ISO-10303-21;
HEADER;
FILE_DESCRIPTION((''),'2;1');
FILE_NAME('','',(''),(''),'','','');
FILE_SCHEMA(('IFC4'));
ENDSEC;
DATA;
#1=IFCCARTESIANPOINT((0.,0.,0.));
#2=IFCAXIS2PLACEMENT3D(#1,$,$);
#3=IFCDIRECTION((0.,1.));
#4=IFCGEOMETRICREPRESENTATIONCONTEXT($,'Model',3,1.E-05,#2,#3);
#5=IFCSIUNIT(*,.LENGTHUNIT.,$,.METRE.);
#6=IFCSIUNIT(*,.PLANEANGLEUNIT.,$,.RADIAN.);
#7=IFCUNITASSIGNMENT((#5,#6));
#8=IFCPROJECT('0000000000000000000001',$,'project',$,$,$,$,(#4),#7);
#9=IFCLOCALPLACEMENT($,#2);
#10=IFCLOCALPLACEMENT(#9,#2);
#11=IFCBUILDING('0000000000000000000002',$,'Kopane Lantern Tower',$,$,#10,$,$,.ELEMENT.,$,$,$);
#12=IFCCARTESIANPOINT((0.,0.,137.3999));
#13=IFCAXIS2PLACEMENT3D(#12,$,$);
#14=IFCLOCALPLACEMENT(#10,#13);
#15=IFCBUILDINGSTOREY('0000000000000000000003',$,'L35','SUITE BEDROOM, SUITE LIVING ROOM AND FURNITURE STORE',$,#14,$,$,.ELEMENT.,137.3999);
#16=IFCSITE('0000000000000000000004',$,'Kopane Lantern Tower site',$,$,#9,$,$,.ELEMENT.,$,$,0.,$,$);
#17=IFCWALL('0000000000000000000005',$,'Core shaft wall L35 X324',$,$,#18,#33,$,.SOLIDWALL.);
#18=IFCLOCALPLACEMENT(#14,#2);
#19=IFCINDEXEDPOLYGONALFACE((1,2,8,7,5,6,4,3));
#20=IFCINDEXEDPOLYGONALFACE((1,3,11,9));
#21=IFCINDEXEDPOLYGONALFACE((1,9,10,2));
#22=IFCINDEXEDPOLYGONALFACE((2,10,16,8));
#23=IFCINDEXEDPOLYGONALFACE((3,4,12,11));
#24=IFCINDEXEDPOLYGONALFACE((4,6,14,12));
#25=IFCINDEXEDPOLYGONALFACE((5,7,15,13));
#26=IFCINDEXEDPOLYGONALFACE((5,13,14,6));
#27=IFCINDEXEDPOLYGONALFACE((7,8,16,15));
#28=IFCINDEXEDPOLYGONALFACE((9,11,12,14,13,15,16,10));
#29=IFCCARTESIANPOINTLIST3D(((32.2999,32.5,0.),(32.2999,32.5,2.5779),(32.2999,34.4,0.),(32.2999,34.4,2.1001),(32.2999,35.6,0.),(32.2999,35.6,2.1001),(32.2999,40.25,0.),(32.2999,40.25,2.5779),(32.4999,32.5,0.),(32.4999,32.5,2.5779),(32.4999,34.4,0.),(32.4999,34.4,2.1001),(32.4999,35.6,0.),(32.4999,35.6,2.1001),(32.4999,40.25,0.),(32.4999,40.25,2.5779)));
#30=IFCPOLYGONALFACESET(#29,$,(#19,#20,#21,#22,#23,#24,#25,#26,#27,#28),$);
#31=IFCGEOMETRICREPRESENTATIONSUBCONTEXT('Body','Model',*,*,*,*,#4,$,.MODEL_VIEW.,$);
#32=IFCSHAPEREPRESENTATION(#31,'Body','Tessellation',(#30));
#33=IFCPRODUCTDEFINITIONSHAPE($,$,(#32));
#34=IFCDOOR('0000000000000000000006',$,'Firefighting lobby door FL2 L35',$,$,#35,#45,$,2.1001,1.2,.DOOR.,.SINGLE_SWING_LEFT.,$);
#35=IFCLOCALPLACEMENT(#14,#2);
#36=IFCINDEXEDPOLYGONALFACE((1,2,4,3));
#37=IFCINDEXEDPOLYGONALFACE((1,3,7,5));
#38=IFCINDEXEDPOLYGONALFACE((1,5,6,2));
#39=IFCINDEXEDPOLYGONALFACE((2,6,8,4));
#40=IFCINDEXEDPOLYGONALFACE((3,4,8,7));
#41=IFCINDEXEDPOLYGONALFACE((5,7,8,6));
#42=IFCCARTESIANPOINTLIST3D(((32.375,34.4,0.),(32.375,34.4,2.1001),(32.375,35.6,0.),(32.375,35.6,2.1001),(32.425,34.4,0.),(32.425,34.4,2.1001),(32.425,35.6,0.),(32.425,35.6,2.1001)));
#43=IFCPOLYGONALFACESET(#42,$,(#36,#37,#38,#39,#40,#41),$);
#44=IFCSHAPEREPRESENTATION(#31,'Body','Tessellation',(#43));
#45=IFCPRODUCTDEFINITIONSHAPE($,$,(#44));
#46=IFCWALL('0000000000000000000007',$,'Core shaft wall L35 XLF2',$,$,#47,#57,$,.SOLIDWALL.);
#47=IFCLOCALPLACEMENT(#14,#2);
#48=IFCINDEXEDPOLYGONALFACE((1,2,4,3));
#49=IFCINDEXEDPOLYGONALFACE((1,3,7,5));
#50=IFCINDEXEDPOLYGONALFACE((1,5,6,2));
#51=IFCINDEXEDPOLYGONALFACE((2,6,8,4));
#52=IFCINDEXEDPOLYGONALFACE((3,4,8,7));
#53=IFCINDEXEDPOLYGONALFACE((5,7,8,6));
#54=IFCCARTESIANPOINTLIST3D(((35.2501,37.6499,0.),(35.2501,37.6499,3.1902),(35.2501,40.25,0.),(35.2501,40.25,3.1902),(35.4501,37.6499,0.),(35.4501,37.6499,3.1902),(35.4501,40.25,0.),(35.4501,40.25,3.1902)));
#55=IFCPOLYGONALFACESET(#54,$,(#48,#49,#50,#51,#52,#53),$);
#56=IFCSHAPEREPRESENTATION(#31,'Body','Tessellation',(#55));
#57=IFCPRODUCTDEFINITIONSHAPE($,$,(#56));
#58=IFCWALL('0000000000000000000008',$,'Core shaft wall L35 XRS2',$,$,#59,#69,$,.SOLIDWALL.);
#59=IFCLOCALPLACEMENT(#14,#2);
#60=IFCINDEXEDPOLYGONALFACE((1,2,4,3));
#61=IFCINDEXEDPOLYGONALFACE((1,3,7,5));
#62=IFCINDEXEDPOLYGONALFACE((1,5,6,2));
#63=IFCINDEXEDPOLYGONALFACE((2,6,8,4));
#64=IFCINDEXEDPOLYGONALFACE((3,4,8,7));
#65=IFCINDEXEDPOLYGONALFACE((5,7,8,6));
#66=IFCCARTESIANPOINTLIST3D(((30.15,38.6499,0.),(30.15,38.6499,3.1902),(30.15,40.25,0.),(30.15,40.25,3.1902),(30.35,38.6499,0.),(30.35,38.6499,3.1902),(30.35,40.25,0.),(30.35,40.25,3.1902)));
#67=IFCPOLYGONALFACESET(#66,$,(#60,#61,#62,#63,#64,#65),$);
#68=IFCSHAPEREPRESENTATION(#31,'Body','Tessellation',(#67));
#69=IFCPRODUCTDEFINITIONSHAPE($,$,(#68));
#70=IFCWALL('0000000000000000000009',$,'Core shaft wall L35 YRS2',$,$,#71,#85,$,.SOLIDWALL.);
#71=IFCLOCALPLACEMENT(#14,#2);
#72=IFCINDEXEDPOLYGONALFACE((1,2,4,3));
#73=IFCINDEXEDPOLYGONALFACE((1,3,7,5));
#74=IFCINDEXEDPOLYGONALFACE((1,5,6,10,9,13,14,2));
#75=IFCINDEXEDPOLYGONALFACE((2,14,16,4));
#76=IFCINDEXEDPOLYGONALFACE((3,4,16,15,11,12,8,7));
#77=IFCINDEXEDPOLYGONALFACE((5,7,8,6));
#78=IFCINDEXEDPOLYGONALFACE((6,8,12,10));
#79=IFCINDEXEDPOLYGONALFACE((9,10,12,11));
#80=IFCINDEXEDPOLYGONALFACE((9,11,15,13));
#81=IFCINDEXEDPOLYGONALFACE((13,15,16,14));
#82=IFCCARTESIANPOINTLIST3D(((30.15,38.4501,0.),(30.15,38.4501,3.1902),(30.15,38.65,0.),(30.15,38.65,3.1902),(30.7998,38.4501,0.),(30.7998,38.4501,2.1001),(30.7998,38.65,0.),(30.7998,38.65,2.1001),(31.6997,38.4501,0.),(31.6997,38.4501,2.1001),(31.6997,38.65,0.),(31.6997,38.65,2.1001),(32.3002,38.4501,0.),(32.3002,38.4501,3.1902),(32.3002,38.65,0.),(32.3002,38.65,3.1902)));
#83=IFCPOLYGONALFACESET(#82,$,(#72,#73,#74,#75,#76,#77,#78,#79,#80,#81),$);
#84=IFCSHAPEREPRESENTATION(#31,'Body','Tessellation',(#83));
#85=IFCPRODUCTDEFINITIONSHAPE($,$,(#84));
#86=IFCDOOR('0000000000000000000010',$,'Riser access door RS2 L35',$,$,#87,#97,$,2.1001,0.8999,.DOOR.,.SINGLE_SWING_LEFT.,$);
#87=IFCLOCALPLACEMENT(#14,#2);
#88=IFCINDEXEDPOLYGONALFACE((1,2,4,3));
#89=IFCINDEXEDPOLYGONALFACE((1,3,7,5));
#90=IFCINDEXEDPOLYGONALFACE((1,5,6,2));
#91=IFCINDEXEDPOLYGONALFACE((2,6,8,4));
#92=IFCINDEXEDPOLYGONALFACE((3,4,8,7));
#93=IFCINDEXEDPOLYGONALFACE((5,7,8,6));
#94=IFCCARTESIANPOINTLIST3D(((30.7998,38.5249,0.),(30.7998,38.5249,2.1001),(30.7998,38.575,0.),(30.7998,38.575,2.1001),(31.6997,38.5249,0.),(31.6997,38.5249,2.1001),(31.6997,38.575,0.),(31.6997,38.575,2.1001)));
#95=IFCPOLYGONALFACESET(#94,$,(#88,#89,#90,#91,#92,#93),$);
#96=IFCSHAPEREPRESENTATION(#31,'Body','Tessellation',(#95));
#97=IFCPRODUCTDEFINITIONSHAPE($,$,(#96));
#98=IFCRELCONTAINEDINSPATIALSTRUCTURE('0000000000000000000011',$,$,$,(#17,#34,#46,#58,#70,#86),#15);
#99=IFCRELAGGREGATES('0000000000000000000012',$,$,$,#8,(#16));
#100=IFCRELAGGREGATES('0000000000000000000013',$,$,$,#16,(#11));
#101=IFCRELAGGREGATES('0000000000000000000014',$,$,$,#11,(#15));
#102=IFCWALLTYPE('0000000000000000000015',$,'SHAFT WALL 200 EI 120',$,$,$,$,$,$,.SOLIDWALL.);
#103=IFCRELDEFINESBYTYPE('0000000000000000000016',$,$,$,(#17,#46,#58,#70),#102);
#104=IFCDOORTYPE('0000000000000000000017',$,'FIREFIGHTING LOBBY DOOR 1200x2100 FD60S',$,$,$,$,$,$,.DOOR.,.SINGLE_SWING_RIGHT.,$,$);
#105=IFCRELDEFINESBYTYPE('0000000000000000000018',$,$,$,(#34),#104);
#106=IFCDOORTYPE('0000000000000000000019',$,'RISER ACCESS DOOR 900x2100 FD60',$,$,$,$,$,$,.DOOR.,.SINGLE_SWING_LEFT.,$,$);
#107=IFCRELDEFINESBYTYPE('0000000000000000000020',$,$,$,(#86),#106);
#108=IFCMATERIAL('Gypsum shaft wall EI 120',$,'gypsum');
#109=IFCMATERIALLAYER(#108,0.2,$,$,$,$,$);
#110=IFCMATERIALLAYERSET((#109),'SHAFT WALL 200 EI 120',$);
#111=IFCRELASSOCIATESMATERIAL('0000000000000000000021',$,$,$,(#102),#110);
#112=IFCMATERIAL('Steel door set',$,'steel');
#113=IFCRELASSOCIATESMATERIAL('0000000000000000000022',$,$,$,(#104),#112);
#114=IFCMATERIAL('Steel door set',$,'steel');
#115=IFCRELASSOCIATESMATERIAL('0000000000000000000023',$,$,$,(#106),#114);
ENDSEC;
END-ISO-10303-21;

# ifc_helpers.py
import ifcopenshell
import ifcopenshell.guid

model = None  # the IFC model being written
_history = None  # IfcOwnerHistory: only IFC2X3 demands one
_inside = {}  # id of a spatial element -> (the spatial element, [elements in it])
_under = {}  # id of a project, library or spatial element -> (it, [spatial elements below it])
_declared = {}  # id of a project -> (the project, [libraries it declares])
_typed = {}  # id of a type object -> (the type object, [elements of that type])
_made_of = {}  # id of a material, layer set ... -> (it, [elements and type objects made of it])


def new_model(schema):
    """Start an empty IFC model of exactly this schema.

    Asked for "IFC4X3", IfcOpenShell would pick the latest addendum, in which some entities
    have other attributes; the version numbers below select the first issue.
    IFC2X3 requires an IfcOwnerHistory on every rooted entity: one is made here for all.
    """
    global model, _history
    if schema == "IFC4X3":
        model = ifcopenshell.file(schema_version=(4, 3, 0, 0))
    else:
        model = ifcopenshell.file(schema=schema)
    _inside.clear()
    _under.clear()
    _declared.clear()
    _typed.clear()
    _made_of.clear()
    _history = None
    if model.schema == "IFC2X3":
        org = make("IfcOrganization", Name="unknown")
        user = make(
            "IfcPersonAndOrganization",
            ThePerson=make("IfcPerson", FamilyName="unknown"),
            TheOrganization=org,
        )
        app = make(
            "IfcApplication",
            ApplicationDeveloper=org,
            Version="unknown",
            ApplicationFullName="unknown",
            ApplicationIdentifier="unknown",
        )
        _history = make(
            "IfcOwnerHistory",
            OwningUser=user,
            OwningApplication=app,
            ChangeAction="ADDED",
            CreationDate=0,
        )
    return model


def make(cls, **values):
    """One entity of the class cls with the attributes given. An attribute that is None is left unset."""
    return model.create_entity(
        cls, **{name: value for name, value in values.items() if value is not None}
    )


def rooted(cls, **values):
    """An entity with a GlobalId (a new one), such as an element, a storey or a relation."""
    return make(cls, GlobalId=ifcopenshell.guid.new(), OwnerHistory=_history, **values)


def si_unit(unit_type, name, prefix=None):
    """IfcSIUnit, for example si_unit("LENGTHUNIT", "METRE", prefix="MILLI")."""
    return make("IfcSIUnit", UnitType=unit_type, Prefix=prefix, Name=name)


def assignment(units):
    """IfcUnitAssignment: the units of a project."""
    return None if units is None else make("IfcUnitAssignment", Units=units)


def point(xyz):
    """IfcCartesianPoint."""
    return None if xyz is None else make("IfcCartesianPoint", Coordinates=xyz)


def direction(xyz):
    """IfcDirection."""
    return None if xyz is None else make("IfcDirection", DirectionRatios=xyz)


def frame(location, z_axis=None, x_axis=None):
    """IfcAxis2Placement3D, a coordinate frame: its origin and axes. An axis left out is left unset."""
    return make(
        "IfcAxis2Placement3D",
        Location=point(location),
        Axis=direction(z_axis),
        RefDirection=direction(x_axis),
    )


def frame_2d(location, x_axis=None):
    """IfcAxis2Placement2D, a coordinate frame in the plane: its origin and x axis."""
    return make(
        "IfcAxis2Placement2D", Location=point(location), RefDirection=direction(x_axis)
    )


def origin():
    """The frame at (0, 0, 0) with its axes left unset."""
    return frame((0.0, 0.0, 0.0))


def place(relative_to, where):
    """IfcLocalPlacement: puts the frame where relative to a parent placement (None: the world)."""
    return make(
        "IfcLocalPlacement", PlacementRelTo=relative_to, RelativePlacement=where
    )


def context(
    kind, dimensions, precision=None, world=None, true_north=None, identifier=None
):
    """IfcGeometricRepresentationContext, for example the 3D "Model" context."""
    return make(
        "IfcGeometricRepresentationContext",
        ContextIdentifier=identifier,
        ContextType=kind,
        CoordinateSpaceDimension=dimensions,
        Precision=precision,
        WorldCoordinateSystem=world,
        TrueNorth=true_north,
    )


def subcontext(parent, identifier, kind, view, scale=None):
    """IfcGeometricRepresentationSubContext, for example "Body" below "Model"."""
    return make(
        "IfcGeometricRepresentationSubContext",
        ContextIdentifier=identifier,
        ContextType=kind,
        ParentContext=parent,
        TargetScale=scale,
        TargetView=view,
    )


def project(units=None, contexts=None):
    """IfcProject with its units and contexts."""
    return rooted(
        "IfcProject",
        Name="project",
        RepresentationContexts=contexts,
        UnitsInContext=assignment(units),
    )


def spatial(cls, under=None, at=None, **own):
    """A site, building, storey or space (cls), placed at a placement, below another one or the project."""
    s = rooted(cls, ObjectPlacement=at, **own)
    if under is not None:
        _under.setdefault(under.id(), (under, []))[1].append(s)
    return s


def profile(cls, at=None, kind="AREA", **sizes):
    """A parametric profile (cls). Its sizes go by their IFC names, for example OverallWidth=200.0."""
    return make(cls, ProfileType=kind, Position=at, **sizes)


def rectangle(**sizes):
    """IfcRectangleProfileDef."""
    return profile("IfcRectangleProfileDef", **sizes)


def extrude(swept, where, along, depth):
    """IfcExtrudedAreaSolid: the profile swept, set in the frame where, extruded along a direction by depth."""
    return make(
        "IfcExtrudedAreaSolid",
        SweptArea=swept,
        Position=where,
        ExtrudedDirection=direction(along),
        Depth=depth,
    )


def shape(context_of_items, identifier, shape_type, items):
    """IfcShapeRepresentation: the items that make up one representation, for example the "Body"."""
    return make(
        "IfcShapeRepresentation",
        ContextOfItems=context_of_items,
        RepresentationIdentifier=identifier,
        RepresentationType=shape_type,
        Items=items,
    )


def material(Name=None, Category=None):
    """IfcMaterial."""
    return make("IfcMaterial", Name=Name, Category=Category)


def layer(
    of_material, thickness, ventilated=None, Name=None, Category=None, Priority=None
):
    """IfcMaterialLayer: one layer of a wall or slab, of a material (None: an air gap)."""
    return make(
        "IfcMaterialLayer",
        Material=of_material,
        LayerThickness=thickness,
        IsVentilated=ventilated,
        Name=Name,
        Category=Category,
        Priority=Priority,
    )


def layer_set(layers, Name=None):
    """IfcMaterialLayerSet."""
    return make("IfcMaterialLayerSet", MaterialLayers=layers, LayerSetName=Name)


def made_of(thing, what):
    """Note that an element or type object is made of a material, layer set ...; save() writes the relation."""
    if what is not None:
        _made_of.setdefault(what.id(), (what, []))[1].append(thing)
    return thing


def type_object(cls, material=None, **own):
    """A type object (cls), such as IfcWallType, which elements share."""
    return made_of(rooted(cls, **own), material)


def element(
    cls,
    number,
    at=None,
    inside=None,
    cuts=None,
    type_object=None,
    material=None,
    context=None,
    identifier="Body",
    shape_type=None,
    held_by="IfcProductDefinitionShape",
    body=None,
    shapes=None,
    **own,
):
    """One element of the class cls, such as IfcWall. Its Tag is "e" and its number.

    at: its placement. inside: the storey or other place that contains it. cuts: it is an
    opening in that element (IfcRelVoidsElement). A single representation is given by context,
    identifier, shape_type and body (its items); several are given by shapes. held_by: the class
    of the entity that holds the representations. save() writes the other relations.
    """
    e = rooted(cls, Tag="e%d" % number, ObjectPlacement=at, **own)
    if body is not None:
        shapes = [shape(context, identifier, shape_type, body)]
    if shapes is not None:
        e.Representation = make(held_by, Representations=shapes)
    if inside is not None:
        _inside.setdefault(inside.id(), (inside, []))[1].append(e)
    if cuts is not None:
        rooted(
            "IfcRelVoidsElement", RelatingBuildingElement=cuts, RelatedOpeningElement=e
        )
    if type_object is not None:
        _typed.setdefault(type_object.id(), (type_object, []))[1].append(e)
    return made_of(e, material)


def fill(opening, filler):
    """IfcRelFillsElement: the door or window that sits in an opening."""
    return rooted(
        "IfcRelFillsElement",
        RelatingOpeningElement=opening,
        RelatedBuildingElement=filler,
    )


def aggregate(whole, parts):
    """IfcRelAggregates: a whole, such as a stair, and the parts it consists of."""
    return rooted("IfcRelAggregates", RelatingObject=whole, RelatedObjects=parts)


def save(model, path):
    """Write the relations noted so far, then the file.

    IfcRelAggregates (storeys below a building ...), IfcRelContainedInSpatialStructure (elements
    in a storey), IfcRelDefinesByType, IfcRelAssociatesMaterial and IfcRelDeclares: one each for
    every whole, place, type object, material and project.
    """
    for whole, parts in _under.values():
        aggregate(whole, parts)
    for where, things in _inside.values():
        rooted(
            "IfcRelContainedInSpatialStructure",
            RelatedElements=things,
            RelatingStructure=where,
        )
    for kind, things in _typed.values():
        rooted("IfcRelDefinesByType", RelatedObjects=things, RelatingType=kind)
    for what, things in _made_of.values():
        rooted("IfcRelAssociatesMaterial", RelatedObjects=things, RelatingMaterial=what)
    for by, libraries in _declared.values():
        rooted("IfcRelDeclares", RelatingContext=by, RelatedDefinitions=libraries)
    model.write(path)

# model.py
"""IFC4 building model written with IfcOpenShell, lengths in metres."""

from ifc_helpers import new_model, si_unit, direction, frame, frame_2d, origin, place, context, subcontext, project, spatial, rectangle, extrude, material, layer, layer_set, type_object, element, fill, save


model = new_model("IFC4")

# Units and contexts
model_context = context("Model", 3, precision=1e-05, world=origin(), true_north=direction((0.0, 1.0)))
body_context = subcontext(model_context, "Body", "Model", "MODEL_VIEW")
ifc_project = project(units=[si_unit("LENGTHUNIT", "METRE"), si_unit("PLANEANGLEUNIT", "RADIAN")], contexts=[model_context])

# Site, building, storey
site_placement = place(None, origin())
site = spatial("IfcSite", under=ifc_project, at=site_placement, Name="Kopane Lantern Tower site", CompositionType="ELEMENT", RefElevation=0.0)
building_placement = place(site_placement, origin())
building = spatial("IfcBuilding", under=site, at=building_placement, Name="Kopane Lantern Tower", CompositionType="ELEMENT")
storey_placement = place(building_placement, frame((0.0, 0.0, 137.3999)))
storey = spatial("IfcBuildingStorey", under=building, at=storey_placement, Name="L35", Description="SUITE BEDROOM, SUITE LIVING ROOM AND FURNITURE STORE", CompositionType="ELEMENT", Elevation=137.3999)

# Shared definitions
ifc_material_1 = material(Name="Gypsum shaft wall EI 120", Category="gypsum")
ifc_layer_1 = layer(ifc_material_1, 0.2)
ifc_layer_set_1 = layer_set([ifc_layer_1], Name="SHAFT WALL 200 EI 120")
wall_type_1 = type_object("IfcWallType", Name="SHAFT WALL 200 EI 120", PredefinedType="SOLIDWALL", material=ifc_layer_set_1)

# Wall, opening, door
wall_1_placement = place(storey_placement, frame((32.3999, 32.5, 0.0), z_axis=(0.0, 0.0, 1.0), x_axis=(0.0, 1.0, 0.0)))
wall_1 = element("IfcWall", 1, at=wall_1_placement, inside=storey, type_object=wall_type_1, Name="Core shaft wall L35 X324", PredefinedType="SOLIDWALL", context=body_context, shape_type="SweptSolid", body=[
    extrude(rectangle(XDim=7.75, YDim=0.2, at=frame_2d((3.875, 0.0))), origin(), (0.0, 0.0, 1.0), 2.5779),
])
opening_1_placement = place(wall_1_placement, frame((1.8999, 0.0, 0.0)))
opening_1 = element("IfcOpeningElement", 2, at=opening_1_placement, cuts=wall_1, PredefinedType="OPENING", context=body_context, shape_type="SweptSolid", body=[
    extrude(rectangle(XDim=1.2, YDim=2.1001, at=frame_2d((0.6001, 1.05))), frame((0.0, 0.1099, 0.0), z_axis=(0.0, -1.0, 0.0), x_axis=(1.0, 0.0, 0.0)), (0.0, 0.0, 1.0), 0.22),
])
ifc_material_2 = material(Name="Steel door set", Category="steel")
door_type_1 = type_object("IfcDoorType", Name="FIREFIGHTING LOBBY DOOR 1200x2100 FD60S", OperationType="SINGLE_SWING_RIGHT", PredefinedType="DOOR", material=ifc_material_2)
door_1_placement = place(opening_1_placement, origin())
door_1 = element("IfcDoor", 3, at=door_1_placement, inside=storey, type_object=door_type_1, Name="Firefighting lobby door FL2 L35", OperationType="SINGLE_SWING_LEFT", OverallHeight=2.1001, OverallWidth=1.2, PredefinedType="DOOR", context=body_context, shape_type="SweptSolid", body=[
    extrude(rectangle(XDim=1.2, YDim=2.1001, at=frame_2d((0.6001, 1.05))), frame((0.0, 0.0249, 0.0), z_axis=(0.0, -1.0, 0.0), x_axis=(1.0, 0.0, 0.0)), (0.0, 0.0, 1.0), 0.05),
])
fill(opening_1, door_1)

# Walls
wall_2_placement = place(storey_placement, frame((35.3501, 37.6499, 0.0), z_axis=(0.0, 0.0, 1.0), x_axis=(0.0, 1.0, 0.0)))
element("IfcWall", 4, at=wall_2_placement, inside=storey, type_object=wall_type_1, Name="Core shaft wall L35 XLF2", PredefinedType="SOLIDWALL", context=body_context, shape_type="SweptSolid", body=[
    extrude(rectangle(XDim=2.6001, YDim=0.2, at=frame_2d((1.3, 0.0))), origin(), (0.0, 0.0, 1.0), 3.1902),
])
wall_3_placement = place(storey_placement, frame((30.25, 38.6499, 0.0), z_axis=(0.0, 0.0, 1.0), x_axis=(0.0, 1.0, 0.0)))
element("IfcWall", 5, at=wall_3_placement, inside=storey, type_object=wall_type_1, Name="Core shaft wall L35 XRS2", PredefinedType="SOLIDWALL", context=body_context, shape_type="SweptSolid", body=[
    extrude(rectangle(XDim=1.6001, YDim=0.2, at=frame_2d((0.8, 0.0))), origin(), (0.0, 0.0, 1.0), 3.1902),
])

# Wall, opening, door
wall_4_placement = place(storey_placement, frame((30.1499, 38.55, 0.0), z_axis=(0.0, 0.0, 1.0), x_axis=(1.0, 0.0, 0.0)))
wall_4 = element("IfcWall", 6, at=wall_4_placement, inside=storey, type_object=wall_type_1, Name="Core shaft wall L35 YRS2", PredefinedType="SOLIDWALL", context=body_context, shape_type="SweptSolid", body=[
    extrude(rectangle(XDim=2.1501, YDim=0.2, at=frame_2d((1.0752, 0.0))), origin(), (0.0, 0.0, 1.0), 3.1902),
])
opening_2_placement = place(wall_4_placement, frame((0.6499, 0.0, 0.0)))
opening_2 = element("IfcOpeningElement", 7, at=opening_2_placement, cuts=wall_4, PredefinedType="OPENING", context=body_context, shape_type="SweptSolid", body=[
    extrude(rectangle(XDim=0.8999, YDim=2.1001, at=frame_2d((0.45, 1.05))), frame((0.0, 0.1099, 0.0), z_axis=(0.0, -1.0, 0.0), x_axis=(1.0, 0.0, 0.0)), (0.0, 0.0, 1.0), 0.22),
])
ifc_material_3 = material(Name="Steel door set", Category="steel")
door_type_2 = type_object("IfcDoorType", Name="RISER ACCESS DOOR 900x2100 FD60", OperationType="SINGLE_SWING_LEFT", PredefinedType="DOOR", material=ifc_material_3)
door_2_placement = place(opening_2_placement, origin())
door_2 = element("IfcDoor", 8, at=door_2_placement, inside=storey, type_object=door_type_2, Name="Riser access door RS2 L35", OperationType="SINGLE_SWING_LEFT", OverallHeight=2.1001, OverallWidth=0.8999, PredefinedType="DOOR", context=body_context, shape_type="SweptSolid", body=[
    extrude(rectangle(XDim=0.8999, YDim=2.1001, at=frame_2d((0.45, 1.05))), frame((0.0, 0.0249, 0.0), z_axis=(0.0, -1.0, 0.0), x_axis=(1.0, 0.0, 0.0)), (0.0, 0.0, 1.0), 0.05),
])
fill(opening_2, door_2)

save(model, "model.ifc")
